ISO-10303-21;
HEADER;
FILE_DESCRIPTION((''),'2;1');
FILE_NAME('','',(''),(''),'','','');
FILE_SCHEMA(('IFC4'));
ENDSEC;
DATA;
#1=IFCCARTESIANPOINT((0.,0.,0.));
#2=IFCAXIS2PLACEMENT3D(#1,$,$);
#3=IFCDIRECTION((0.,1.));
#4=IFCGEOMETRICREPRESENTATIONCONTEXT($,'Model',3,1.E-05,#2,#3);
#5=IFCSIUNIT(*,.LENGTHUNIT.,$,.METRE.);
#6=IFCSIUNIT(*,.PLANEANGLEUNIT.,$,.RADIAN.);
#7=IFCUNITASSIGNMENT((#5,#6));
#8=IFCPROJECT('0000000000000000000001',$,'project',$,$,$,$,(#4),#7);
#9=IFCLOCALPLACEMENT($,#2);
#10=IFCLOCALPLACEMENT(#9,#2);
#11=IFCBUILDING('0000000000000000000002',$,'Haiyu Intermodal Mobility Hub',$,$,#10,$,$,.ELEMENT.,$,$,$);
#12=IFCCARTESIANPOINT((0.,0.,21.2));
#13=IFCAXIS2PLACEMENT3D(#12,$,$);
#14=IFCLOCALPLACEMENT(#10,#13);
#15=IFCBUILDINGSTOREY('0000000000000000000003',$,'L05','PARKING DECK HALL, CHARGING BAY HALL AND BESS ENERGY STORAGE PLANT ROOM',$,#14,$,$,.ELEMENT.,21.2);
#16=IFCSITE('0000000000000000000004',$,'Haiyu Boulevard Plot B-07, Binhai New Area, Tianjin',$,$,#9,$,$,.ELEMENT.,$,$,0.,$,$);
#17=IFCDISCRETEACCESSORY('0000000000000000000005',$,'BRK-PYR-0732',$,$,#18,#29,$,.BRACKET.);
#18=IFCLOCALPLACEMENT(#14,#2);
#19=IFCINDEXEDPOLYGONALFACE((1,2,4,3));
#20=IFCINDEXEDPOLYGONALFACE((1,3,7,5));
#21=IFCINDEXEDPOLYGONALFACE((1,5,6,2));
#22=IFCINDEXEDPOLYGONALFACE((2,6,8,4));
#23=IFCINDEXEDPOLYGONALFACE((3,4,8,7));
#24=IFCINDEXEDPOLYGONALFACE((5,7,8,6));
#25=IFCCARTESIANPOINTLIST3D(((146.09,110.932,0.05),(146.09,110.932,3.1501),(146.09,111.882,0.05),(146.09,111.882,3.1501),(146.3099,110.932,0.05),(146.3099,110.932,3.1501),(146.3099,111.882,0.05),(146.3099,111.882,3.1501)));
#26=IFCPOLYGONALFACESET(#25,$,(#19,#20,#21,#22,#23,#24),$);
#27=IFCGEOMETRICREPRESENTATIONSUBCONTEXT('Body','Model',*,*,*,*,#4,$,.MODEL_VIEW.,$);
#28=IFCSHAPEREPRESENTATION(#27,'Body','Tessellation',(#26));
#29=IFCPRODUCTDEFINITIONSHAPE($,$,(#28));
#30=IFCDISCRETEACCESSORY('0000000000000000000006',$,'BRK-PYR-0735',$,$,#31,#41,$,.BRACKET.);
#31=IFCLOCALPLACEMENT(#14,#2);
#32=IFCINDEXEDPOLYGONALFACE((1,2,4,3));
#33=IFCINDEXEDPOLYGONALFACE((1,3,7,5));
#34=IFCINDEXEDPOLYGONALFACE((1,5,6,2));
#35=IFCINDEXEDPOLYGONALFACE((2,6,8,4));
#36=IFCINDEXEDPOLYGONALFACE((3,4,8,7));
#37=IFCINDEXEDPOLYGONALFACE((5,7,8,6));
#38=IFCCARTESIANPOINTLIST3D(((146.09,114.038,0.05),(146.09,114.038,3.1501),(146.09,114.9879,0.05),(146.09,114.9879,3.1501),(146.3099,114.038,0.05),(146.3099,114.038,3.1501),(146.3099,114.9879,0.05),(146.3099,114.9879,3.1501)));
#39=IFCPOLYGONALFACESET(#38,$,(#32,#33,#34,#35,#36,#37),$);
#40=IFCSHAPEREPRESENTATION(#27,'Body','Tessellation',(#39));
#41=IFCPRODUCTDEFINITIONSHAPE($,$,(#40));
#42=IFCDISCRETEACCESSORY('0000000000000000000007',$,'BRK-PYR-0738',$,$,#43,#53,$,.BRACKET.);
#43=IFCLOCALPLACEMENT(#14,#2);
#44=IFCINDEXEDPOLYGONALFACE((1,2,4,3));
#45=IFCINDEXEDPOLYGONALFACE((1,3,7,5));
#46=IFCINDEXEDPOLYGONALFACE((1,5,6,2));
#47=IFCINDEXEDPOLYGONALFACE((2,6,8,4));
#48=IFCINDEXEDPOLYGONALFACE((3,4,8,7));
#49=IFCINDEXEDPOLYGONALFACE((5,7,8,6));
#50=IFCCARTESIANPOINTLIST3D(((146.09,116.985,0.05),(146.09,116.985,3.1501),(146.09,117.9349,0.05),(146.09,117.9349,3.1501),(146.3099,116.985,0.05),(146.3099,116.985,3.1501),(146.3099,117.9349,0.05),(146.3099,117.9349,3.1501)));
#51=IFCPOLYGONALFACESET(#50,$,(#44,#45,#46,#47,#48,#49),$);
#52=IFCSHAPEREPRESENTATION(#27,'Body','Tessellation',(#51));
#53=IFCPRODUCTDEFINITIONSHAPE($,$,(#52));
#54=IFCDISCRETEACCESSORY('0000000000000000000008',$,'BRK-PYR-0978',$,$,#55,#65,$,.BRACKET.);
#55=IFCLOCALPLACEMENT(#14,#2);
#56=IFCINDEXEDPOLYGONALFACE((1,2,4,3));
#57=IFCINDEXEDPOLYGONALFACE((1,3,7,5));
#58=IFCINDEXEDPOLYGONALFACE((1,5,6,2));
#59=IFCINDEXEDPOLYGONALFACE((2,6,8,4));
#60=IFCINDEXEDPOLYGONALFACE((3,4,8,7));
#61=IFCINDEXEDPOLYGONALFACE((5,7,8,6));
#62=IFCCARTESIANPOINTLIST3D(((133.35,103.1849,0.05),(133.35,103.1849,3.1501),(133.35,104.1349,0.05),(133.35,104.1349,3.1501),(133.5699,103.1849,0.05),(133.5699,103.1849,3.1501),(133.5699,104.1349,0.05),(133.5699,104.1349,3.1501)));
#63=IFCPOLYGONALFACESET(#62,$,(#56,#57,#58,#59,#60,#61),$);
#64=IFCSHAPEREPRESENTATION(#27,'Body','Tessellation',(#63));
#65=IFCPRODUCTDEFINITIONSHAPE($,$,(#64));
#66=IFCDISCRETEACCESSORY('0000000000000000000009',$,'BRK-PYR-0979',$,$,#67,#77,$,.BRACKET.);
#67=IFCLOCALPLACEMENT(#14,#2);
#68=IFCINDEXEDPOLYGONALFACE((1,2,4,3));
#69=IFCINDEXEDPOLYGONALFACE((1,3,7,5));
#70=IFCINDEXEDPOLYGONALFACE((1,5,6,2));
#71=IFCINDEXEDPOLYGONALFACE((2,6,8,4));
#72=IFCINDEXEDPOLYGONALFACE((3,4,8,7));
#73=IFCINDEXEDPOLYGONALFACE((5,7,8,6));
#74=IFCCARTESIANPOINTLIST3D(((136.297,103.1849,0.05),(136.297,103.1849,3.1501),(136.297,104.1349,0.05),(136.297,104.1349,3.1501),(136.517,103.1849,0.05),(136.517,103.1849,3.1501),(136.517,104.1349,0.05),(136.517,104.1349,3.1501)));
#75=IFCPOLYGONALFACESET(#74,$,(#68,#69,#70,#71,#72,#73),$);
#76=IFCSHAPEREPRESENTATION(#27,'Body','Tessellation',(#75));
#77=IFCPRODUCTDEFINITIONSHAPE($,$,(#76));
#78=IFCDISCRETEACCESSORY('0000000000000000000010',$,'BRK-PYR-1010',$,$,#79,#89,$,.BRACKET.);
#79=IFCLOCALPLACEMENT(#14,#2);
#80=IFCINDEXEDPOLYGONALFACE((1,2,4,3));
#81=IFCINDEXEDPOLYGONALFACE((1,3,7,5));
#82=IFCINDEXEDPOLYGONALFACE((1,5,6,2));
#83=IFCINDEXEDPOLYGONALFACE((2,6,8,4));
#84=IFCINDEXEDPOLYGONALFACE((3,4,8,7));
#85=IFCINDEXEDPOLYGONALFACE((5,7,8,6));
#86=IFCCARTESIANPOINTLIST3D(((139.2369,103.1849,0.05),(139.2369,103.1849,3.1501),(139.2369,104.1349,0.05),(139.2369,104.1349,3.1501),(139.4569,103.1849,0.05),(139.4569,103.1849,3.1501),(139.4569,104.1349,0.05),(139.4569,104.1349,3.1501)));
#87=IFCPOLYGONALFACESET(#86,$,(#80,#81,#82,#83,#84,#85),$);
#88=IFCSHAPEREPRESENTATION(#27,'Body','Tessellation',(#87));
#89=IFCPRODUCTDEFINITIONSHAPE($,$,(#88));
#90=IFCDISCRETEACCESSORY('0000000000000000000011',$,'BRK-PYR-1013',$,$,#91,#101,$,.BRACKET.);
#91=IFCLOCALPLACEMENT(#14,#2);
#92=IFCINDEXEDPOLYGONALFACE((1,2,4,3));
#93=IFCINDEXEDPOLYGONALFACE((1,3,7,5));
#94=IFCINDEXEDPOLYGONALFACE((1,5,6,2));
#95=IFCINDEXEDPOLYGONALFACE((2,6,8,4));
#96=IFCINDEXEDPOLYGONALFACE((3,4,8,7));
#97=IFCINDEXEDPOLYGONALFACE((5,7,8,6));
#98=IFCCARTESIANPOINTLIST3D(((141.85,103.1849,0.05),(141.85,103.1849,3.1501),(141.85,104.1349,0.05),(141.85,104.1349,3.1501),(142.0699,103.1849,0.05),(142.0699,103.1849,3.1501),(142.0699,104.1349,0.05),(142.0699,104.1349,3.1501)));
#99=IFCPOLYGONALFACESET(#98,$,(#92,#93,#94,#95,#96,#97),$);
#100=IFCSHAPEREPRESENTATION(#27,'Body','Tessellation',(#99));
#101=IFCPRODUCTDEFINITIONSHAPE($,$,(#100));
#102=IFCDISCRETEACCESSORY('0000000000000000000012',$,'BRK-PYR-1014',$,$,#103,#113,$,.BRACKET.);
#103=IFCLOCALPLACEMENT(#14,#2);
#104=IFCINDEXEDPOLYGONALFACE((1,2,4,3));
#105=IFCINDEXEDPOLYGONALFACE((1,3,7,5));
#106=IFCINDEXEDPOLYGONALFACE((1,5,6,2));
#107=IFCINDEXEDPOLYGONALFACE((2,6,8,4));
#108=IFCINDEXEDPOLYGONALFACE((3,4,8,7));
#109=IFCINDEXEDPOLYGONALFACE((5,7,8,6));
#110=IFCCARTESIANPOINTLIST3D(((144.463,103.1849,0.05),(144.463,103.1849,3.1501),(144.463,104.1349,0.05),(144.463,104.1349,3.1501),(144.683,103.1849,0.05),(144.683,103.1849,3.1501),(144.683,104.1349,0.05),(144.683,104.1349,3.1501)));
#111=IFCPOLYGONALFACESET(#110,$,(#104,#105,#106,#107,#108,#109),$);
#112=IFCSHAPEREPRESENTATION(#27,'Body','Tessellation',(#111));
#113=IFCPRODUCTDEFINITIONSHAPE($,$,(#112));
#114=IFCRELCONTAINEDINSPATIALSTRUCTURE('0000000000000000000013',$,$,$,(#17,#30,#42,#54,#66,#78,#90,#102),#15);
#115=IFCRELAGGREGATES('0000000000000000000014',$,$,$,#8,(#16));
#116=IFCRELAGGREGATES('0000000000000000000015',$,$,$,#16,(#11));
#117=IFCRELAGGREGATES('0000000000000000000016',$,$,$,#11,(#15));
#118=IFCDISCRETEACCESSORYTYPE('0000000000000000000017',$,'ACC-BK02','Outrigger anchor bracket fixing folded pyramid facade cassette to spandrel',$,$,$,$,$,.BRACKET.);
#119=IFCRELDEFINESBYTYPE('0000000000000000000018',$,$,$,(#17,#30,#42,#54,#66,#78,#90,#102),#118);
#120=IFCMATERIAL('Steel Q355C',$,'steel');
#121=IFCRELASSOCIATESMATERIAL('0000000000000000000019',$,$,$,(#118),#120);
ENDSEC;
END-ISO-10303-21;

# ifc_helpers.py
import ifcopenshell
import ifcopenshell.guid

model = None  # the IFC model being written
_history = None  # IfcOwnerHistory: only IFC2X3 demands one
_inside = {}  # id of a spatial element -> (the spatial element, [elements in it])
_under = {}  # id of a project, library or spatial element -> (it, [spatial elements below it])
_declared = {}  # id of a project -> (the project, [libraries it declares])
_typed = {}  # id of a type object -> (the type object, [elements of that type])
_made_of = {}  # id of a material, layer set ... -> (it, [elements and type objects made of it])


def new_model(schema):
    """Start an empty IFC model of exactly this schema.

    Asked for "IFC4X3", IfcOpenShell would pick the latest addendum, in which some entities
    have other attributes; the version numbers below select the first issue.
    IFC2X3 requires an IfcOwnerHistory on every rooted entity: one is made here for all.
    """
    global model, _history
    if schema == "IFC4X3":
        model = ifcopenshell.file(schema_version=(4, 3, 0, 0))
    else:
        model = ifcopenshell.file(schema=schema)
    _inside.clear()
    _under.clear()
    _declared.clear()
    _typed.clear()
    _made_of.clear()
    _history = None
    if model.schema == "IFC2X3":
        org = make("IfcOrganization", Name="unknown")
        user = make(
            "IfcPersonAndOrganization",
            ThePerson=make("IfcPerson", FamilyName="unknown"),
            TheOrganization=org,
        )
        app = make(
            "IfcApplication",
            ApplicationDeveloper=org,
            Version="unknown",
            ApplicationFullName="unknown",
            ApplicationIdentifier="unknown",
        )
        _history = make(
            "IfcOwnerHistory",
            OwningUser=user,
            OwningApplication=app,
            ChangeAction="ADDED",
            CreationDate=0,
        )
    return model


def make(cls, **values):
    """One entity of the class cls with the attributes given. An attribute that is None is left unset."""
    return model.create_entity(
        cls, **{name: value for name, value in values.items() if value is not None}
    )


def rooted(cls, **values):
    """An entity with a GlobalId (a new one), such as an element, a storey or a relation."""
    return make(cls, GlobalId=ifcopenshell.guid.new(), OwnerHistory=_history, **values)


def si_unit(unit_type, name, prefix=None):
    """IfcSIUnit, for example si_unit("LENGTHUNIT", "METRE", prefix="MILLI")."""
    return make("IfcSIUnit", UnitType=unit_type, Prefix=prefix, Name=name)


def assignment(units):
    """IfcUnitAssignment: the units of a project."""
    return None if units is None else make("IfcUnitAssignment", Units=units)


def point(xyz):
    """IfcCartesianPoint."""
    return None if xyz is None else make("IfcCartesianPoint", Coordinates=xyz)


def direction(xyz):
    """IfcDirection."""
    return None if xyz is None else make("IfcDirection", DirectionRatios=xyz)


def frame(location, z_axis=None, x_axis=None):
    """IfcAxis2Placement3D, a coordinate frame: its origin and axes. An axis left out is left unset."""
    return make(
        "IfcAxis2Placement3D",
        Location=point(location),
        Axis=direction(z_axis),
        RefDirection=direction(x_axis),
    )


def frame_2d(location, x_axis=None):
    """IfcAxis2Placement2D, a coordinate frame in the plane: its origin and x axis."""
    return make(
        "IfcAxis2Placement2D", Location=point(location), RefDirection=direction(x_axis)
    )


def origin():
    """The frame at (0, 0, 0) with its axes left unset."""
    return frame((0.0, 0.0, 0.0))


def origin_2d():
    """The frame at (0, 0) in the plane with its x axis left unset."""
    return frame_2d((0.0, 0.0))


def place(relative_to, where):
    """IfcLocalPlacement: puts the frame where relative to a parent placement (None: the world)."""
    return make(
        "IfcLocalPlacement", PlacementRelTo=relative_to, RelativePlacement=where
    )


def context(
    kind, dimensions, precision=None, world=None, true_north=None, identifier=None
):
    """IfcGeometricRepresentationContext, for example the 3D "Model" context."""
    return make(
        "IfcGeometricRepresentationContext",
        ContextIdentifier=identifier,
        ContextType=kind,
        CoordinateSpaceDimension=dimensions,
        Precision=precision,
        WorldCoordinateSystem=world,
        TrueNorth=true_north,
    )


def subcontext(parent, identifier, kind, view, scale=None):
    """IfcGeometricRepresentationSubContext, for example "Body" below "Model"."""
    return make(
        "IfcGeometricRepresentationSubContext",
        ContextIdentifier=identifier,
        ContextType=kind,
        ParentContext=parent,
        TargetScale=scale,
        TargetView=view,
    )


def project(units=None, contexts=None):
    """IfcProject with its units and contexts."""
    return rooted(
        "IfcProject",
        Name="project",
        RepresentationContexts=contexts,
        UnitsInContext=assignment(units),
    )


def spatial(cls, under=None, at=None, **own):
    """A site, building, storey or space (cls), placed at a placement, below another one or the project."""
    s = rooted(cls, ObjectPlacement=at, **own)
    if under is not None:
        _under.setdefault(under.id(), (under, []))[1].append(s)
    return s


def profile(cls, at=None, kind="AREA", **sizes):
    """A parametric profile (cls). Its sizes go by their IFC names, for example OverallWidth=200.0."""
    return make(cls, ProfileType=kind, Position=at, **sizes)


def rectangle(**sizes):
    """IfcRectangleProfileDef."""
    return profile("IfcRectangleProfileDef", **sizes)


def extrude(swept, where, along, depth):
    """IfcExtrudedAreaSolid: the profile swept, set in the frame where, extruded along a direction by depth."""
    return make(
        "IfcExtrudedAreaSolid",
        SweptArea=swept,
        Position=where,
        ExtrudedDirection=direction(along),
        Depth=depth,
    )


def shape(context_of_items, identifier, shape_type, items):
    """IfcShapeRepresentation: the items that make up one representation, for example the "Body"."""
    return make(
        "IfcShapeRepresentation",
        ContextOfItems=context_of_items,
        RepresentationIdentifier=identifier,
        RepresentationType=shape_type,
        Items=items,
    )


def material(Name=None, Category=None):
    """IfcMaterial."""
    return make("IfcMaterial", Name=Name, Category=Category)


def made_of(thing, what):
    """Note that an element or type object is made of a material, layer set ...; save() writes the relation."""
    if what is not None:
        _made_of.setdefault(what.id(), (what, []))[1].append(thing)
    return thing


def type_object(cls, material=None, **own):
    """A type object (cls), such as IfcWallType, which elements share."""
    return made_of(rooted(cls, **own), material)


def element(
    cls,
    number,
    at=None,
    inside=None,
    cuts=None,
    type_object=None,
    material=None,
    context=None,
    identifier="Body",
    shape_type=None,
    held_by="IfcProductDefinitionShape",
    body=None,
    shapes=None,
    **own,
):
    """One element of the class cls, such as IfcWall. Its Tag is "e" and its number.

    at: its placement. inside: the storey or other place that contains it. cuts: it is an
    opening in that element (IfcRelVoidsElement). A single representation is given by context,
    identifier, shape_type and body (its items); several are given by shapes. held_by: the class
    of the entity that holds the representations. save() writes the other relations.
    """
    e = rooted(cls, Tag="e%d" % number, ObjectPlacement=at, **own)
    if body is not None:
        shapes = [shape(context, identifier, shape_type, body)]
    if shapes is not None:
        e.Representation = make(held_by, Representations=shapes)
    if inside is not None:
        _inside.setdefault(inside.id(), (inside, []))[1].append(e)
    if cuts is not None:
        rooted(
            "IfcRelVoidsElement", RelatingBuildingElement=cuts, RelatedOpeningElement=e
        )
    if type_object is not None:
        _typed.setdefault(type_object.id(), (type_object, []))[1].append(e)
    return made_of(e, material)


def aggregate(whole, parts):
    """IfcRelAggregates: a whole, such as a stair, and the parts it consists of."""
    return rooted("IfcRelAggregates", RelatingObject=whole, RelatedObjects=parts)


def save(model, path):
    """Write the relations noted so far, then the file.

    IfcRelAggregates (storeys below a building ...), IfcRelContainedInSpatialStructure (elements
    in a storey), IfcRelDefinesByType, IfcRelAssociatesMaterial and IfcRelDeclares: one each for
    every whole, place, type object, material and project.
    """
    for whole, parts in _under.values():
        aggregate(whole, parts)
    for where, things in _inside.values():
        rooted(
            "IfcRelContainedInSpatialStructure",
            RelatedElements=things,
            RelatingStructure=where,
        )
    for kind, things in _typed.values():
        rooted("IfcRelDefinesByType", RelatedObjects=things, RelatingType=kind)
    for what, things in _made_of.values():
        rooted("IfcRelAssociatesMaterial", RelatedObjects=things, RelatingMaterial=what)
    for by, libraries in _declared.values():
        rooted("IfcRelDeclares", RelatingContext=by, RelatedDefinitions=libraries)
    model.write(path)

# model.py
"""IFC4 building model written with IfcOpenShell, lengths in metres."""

from ifc_helpers import new_model, si_unit, direction, frame, origin, origin_2d, place, context, subcontext, project, spatial, rectangle, extrude, material, type_object, element, save


model = new_model("IFC4")

# Units and contexts
model_context = context("Model", 3, precision=1e-05, world=origin(), true_north=direction((0.0, 1.0)))
body_context = subcontext(model_context, "Body", "Model", "MODEL_VIEW")
ifc_project = project(units=[si_unit("LENGTHUNIT", "METRE"), si_unit("PLANEANGLEUNIT", "RADIAN")], contexts=[model_context])

# Site, building, storey
site_placement = place(None, origin())
site = spatial("IfcSite", under=ifc_project, at=site_placement, Name="Haiyu Boulevard Plot B-07, Binhai New Area, Tianjin", CompositionType="ELEMENT", RefElevation=0.0)
building_placement = place(site_placement, origin())
building = spatial("IfcBuilding", under=site, at=building_placement, Name="Haiyu Intermodal Mobility Hub", CompositionType="ELEMENT")
storey_placement = place(building_placement, frame((0.0, 0.0, 21.2)))
storey = spatial("IfcBuildingStorey", under=building, at=storey_placement, Name="L05", Description="PARKING DECK HALL, CHARGING BAY HALL AND BESS ENERGY STORAGE PLANT ROOM", CompositionType="ELEMENT", Elevation=21.2)

# Shared definitions
ifc_material_1 = material(Name="Steel Q355C", Category="steel")

# Discrete accessories
discrete_accessory_type = type_object("IfcDiscreteAccessoryType", Name="ACC-BK02", Description="Outrigger anchor bracket fixing folded pyramid facade cassette to spandrel", PredefinedType="BRACKET", material=ifc_material_1)
for number, where, z_axis, x_axis, name in (
    (1, (146.2, 111.407, 0.05), (0.0, 0.0, 1.0), (1.0, 0.0, 0.0), "BRK-PYR-0732"),
    (2, (146.2, 114.5129, 0.05), (0.0, 0.0, 1.0), (1.0, 0.0, 0.0), "BRK-PYR-0735"),
    (3, (146.2, 117.46, 0.05), (0.0, 0.0, 1.0), (1.0, 0.0, 0.0), "BRK-PYR-0738"),
    (4, (133.46, 103.6599, 0.05), (0.0, 0.0, 1.0), (1.0, 0.0, 0.0), "BRK-PYR-0978"),
    (5, (136.407, 103.6599, 0.05), (0.0, 0.0, 1.0), (1.0, 0.0, 0.0), "BRK-PYR-0979"),
    (6, (139.3469, 103.6599, 0.05), (0.0, 0.0, 1.0), (1.0, 0.0, 0.0), "BRK-PYR-1010"),
    (7, (141.96, 103.6599, 0.05), (0.0, 0.0, 1.0), (1.0, 0.0, 0.0), "BRK-PYR-1013"),
    (8, (144.573, 103.6599, 0.05), (0.0, 0.0, 1.0), (1.0, 0.0, 0.0), "BRK-PYR-1014"),
):
    element("IfcDiscreteAccessory", number, at=place(storey_placement, frame(where, z_axis=z_axis, x_axis=x_axis)), inside=storey, type_object=discrete_accessory_type, Name=name, PredefinedType="BRACKET", context=body_context, shape_type="SweptSolid", body=[
        extrude(rectangle(XDim=0.22, YDim=0.95, at=origin_2d()), origin(), (0.0, 0.0, 1.0), 3.1001),
    ])

save(model, "model.ifc")
